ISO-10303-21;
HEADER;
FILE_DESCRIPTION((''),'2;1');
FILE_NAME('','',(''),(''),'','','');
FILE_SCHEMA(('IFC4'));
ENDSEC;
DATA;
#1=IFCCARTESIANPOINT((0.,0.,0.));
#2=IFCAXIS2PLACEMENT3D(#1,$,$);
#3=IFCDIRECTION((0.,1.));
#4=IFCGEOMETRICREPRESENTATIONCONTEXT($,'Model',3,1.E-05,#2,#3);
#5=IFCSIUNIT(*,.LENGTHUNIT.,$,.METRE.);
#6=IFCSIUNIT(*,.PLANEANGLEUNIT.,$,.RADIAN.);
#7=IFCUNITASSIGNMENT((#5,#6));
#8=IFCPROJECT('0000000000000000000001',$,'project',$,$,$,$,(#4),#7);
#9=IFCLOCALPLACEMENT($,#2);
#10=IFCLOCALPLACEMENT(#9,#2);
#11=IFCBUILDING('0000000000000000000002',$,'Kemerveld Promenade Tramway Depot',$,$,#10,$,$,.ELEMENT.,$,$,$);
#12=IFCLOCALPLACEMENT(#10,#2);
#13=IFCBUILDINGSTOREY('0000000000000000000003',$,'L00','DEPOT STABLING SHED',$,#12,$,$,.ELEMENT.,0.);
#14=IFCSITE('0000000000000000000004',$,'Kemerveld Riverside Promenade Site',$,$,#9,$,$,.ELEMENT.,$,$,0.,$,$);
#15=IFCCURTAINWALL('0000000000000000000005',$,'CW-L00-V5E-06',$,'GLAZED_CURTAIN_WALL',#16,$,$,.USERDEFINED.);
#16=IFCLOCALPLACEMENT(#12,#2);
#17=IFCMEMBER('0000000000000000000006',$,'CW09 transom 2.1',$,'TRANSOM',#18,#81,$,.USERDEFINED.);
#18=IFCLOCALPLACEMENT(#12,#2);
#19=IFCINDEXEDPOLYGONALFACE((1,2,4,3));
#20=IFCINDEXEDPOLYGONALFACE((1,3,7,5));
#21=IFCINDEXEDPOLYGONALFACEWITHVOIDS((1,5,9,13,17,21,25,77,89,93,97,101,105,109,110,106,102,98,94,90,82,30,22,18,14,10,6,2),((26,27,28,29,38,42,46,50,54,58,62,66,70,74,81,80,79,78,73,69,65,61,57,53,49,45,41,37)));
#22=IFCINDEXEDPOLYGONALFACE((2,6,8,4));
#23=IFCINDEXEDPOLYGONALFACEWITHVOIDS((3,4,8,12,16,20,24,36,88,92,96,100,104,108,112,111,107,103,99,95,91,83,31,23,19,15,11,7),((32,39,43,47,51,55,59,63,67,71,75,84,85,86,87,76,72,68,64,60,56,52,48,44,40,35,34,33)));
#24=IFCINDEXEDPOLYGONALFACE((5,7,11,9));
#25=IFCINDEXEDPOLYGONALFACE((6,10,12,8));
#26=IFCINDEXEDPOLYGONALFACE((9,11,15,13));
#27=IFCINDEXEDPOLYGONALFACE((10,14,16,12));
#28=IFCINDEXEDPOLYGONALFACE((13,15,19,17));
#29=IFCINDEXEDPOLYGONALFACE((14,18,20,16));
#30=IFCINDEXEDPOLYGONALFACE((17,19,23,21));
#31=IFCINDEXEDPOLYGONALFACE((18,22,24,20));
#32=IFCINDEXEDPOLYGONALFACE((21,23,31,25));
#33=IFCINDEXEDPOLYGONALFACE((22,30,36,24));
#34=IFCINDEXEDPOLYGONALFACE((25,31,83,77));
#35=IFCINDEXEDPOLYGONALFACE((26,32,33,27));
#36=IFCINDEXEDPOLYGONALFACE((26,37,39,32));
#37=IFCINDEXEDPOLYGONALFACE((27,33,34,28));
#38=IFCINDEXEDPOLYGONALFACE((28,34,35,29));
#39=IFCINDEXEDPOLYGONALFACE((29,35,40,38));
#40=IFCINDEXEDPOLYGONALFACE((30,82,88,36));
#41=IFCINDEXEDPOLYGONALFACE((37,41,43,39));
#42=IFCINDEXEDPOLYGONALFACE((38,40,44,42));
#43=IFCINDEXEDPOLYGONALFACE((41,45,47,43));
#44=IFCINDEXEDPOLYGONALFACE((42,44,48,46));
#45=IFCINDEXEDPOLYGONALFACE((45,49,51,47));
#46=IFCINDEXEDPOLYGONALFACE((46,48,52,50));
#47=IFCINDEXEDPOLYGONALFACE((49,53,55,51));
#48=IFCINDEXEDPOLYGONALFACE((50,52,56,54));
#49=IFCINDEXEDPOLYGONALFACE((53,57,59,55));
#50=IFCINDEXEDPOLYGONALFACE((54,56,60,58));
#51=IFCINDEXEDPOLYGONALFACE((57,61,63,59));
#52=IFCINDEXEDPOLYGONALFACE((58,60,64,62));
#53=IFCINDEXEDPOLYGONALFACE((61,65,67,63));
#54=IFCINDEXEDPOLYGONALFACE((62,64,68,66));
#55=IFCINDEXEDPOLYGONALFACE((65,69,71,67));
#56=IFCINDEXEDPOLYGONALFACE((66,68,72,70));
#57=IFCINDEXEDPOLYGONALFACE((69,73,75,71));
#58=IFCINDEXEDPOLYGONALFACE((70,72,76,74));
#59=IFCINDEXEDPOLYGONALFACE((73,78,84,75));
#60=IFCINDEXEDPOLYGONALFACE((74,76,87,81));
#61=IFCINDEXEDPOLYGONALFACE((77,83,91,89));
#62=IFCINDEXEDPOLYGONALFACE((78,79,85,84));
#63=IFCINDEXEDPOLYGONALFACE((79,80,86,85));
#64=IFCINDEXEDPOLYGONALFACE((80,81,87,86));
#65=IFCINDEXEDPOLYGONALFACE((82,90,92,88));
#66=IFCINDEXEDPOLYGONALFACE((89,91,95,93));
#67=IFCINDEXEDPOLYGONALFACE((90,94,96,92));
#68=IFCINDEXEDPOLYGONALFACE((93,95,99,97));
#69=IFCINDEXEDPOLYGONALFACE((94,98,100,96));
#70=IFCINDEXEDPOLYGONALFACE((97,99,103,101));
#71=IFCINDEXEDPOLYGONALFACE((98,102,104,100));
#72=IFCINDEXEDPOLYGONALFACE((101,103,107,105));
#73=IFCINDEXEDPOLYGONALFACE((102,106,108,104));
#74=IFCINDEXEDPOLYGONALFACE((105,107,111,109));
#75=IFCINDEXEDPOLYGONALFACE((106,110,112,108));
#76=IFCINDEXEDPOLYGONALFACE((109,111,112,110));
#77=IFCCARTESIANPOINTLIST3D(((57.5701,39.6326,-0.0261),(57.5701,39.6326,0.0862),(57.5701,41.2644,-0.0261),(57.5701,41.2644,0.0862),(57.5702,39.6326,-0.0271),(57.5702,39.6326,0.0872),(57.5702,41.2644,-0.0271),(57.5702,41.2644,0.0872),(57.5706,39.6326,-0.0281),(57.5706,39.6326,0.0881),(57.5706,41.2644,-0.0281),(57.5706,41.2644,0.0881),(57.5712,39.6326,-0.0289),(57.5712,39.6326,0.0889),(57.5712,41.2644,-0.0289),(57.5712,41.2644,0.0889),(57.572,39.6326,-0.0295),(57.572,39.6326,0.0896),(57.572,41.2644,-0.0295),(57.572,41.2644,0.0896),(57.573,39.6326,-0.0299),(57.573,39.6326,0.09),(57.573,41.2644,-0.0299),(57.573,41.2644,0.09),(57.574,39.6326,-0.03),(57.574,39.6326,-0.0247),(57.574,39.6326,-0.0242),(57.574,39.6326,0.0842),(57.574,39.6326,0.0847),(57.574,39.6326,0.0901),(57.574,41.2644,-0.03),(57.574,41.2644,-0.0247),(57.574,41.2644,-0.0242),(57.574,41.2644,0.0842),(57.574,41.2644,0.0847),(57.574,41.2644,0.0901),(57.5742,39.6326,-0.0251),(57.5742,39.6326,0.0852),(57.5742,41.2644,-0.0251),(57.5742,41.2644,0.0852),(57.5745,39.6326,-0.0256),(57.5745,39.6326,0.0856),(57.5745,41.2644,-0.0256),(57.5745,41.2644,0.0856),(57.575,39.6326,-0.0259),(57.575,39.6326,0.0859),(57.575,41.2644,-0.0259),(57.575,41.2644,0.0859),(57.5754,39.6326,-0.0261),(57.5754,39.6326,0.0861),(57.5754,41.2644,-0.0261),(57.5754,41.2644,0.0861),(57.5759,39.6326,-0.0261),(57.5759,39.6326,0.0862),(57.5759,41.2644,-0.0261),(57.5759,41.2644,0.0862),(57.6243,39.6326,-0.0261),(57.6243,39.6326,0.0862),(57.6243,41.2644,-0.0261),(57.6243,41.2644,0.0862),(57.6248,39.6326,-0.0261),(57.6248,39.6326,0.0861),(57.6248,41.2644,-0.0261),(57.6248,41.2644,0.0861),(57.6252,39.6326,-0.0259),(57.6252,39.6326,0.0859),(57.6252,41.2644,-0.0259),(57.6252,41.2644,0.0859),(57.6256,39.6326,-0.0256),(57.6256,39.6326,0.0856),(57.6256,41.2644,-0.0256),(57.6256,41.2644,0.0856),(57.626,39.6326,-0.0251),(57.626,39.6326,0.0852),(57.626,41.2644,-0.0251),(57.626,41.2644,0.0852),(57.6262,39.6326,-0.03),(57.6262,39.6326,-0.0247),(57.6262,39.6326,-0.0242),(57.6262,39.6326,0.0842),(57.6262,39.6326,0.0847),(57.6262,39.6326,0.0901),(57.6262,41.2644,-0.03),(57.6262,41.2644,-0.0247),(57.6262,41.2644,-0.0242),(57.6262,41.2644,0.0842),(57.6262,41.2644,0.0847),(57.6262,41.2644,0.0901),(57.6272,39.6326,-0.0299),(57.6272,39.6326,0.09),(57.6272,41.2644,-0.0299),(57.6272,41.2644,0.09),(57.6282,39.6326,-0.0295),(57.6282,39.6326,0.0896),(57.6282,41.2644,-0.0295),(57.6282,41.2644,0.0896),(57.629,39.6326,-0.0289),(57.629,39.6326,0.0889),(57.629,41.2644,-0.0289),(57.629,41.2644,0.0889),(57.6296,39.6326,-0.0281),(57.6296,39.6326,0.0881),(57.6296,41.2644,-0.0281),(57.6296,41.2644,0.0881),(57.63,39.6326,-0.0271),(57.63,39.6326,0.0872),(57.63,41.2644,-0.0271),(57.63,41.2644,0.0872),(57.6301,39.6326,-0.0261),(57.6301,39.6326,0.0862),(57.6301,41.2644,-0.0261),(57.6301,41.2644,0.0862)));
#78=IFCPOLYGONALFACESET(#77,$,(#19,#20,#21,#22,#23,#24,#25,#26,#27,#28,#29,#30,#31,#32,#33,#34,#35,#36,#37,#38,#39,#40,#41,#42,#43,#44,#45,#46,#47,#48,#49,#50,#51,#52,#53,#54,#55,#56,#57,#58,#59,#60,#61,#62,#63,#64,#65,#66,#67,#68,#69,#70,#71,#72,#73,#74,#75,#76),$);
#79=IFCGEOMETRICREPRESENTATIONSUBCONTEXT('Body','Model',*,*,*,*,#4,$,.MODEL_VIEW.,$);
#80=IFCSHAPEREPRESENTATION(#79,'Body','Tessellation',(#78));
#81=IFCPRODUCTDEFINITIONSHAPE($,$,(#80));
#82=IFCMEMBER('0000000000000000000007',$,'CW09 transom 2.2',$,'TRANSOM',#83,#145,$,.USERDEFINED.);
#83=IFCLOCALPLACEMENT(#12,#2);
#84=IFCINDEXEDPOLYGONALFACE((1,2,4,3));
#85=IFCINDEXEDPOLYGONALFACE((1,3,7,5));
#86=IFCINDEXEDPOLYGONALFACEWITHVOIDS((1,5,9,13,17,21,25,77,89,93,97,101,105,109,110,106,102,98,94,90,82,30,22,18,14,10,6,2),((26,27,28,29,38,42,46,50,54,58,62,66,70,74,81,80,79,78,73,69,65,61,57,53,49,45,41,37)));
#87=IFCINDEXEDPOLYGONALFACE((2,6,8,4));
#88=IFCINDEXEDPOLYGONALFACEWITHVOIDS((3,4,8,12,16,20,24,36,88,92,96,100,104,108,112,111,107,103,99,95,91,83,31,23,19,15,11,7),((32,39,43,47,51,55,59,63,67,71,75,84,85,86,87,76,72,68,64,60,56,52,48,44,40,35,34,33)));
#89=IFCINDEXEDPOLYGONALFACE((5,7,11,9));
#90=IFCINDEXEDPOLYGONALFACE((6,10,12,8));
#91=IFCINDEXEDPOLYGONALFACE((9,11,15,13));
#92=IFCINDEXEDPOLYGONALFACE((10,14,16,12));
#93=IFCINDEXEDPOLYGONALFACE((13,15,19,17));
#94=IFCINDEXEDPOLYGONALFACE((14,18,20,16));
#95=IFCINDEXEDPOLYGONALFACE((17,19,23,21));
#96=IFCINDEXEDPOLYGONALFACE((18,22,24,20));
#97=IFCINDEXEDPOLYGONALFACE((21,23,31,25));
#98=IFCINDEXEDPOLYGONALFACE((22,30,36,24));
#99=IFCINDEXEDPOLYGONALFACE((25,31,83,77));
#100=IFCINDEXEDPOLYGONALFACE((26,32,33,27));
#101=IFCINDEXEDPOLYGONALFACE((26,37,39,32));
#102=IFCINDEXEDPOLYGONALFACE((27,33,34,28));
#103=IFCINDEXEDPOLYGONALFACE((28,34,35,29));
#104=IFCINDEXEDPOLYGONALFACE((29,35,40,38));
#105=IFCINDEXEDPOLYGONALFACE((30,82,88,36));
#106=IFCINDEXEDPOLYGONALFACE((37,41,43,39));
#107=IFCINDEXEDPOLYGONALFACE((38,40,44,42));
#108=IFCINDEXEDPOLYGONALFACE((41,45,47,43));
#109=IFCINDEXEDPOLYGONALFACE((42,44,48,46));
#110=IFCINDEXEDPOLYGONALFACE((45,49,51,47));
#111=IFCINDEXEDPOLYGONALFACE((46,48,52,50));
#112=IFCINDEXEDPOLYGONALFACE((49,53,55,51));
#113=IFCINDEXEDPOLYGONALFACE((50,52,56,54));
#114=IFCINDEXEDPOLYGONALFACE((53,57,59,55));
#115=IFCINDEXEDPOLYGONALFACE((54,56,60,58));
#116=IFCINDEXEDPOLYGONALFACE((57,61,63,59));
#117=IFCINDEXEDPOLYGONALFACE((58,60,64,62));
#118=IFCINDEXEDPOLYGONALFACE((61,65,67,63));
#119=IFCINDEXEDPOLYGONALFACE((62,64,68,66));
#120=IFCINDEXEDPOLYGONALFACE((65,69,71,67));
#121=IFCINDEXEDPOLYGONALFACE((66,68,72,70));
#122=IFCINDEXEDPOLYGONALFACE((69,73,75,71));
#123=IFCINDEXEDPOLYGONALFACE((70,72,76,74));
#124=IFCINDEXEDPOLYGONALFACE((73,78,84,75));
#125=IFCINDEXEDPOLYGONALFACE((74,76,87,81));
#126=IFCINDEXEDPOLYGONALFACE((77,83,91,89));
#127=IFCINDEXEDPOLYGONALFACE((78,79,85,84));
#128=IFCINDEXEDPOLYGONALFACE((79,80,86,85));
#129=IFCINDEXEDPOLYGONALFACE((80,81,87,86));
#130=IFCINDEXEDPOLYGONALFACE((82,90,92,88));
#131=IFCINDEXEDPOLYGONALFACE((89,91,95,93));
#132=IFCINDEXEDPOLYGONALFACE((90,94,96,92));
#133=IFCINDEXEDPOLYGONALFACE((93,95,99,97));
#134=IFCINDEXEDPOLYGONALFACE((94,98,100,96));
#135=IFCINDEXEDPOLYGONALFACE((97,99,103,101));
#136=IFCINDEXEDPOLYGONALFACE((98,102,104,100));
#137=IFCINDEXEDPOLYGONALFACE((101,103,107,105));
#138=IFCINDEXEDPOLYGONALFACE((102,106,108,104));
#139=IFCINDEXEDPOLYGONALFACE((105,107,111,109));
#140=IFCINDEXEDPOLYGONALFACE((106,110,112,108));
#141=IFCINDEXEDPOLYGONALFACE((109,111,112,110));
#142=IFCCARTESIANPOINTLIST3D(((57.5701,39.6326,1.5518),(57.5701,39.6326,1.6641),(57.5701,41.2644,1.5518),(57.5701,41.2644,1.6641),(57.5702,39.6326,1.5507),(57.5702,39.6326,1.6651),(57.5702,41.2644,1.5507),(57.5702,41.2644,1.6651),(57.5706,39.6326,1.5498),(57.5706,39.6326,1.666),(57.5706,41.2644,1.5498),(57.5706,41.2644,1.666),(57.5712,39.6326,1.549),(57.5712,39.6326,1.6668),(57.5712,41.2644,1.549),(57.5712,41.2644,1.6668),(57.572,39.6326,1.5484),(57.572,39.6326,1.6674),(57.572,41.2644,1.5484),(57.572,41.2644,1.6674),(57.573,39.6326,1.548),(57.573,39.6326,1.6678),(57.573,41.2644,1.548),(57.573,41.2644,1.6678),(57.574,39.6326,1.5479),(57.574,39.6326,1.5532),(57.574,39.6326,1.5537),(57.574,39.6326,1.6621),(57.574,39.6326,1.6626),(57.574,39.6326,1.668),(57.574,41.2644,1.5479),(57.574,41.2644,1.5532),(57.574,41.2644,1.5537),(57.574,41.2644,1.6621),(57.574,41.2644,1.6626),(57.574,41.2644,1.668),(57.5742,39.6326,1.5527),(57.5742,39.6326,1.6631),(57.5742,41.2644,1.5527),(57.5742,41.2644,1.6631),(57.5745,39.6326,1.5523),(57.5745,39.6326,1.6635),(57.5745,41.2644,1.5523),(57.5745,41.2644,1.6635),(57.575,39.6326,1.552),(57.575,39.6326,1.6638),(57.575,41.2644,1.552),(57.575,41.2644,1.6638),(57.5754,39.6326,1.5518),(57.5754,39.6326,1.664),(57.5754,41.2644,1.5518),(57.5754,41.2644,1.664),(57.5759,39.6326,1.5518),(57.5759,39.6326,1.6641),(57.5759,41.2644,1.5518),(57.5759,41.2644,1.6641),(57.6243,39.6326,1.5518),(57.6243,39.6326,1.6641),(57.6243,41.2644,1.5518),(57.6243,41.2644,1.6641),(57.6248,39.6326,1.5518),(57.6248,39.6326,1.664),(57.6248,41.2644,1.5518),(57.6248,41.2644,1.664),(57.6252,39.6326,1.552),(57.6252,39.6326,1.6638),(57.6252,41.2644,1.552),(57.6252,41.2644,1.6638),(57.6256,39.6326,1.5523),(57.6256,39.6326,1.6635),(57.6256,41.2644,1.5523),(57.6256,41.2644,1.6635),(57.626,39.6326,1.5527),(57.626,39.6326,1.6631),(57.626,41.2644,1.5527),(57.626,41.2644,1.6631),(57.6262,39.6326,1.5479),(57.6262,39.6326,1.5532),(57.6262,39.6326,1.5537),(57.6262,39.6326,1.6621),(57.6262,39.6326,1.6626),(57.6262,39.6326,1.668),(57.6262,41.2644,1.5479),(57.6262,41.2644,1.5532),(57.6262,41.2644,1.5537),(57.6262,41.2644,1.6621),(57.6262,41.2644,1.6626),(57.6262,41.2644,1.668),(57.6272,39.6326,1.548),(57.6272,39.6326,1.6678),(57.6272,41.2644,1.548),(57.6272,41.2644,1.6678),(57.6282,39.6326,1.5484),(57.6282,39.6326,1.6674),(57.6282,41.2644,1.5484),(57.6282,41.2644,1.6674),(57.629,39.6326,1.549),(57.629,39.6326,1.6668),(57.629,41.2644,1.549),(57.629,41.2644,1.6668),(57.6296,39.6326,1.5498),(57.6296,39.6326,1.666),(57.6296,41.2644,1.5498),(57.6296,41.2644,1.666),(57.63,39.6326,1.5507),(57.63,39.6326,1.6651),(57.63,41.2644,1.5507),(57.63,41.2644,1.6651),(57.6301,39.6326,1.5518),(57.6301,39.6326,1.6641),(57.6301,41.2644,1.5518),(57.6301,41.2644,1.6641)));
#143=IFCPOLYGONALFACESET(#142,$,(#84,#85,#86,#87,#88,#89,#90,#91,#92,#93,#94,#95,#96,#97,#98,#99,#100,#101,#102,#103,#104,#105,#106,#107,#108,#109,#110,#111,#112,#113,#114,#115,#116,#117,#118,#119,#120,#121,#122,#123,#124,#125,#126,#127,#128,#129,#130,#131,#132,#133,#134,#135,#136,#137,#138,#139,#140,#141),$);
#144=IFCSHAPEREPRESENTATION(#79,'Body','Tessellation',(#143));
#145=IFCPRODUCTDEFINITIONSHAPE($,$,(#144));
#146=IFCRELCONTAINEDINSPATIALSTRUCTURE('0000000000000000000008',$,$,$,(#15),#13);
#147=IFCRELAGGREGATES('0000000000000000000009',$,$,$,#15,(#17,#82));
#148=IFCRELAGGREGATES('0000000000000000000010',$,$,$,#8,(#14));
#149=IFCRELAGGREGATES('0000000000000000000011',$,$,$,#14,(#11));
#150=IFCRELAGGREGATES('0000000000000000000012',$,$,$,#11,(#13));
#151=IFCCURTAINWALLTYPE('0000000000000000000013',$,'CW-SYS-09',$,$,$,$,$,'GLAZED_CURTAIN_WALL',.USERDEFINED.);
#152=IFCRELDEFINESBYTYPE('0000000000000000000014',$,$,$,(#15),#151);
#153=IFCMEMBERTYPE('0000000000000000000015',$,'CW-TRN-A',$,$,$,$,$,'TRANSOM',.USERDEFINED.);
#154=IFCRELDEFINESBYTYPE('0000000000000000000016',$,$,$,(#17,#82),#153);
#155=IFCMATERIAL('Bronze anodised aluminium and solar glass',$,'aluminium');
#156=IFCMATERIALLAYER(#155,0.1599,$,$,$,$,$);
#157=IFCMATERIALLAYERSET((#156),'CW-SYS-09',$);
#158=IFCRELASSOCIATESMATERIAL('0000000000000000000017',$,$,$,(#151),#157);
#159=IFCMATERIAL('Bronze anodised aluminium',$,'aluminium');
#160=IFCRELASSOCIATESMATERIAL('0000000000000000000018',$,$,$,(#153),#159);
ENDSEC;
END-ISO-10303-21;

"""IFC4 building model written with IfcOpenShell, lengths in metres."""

from ifc_helpers import new_model, si_unit, direction, frame, origin, origin_2d, place, context, subcontext, project, spatial, hollow_rectangle, extrude, material, layer, layer_set, material_profile, profile_set, type_object, element, aggregate, save


model = new_model("IFC4")

# Units and contexts
model_context = context("Model", 3, precision=1e-05, world=origin(), true_north=direction((0.0, 1.0)))
body_context = subcontext(model_context, "Body", "Model", "MODEL_VIEW")
ifc_project = project(units=[si_unit("LENGTHUNIT", "METRE"), si_unit("PLANEANGLEUNIT", "RADIAN")], contexts=[model_context])

# Site, building, storey
site_placement = place(None, origin())
site = spatial("IfcSite", under=ifc_project, at=site_placement, Name="Kemerveld Riverside Promenade Site", CompositionType="ELEMENT", RefElevation=0.0)
building_placement = place(site_placement, origin())
building = spatial("IfcBuilding", under=site, at=building_placement, Name="Kemerveld Promenade Tramway Depot", CompositionType="ELEMENT")
storey_placement = place(building_placement, origin())
storey = spatial("IfcBuildingStorey", under=building, at=storey_placement, Name="L00", Description="DEPOT STABLING SHED", CompositionType="ELEMENT", Elevation=0.0)

# Curtain wall, members
ifc_material_1 = material(Name="Bronze anodised aluminium and solar glass", Category="aluminium")
ifc_layer_1 = layer(ifc_material_1, 0.1599)
ifc_layer_set_1 = layer_set([ifc_layer_1], Name="CW-SYS-09")
curtain_wall_type = type_object("IfcCurtainWallType", Name="CW-SYS-09", ElementType="GLAZED_CURTAIN_WALL", PredefinedType="USERDEFINED", material=ifc_layer_set_1)
curtain_wall_placement = place(storey_placement, origin())
curtain_wall = element("IfcCurtainWall", 1, at=curtain_wall_placement, inside=storey, type_object=curtain_wall_type, Name="CW-L00-V5E-06", ObjectType="GLAZED_CURTAIN_WALL", PredefinedType="USERDEFINED")
ifc_material_2 = material(Name="Bronze anodised aluminium", Category="aluminium")
ifc_material_profile_1 = material_profile(ifc_material_2, hollow_rectangle(XDim=0.0601, YDim=0.1201, WallThickness=0.0039, InnerFilletRadius=0.002, OuterFilletRadius=0.0039, at=origin_2d()), Name="CW-TRN-120x60")
ifc_profile_set_1 = profile_set([ifc_material_profile_1], Name="Bronze anodised aluminium")
member_type_1 = type_object("IfcMemberType", Name="CW-TRN-A", ElementType="TRANSOM", PredefinedType="USERDEFINED", material=ifc_profile_set_1)
member_1_placement = place(storey_placement, frame((57.6001, 41.2644, 0.03), z_axis=(0.0, -1.0, 0.0), x_axis=(1.0, 0.0, 0.0)))
member_1 = element("IfcMember", 2, at=member_1_placement, type_object=member_type_1, Name="CW09 transom 2.1", ObjectType="TRANSOM", PredefinedType="USERDEFINED", context=body_context, shape_type="SweptSolid", body=[
    extrude(hollow_rectangle(XDim=0.0601, YDim=0.1201, WallThickness=0.0039, InnerFilletRadius=0.002, OuterFilletRadius=0.0039, at=origin_2d()), origin(), (0.0, 0.0, 1.0), 1.6318),
])
member_2_placement = place(storey_placement, frame((57.6001, 41.2644, 1.6079), z_axis=(0.0, -1.0, 0.0), x_axis=(1.0, 0.0, 0.0)))
member_2 = element("IfcMember", 3, at=member_2_placement, type_object=member_type_1, Name="CW09 transom 2.2", ObjectType="TRANSOM", PredefinedType="USERDEFINED", context=body_context, shape_type="SweptSolid", body=[
    extrude(hollow_rectangle(XDim=0.0601, YDim=0.1201, WallThickness=0.0039, InnerFilletRadius=0.002, OuterFilletRadius=0.0039, at=origin_2d()), origin(), (0.0, 0.0, 1.0), 1.6318),
])
aggregate(curtain_wall, [member_1, member_2])

save(model, "model.ifc")
